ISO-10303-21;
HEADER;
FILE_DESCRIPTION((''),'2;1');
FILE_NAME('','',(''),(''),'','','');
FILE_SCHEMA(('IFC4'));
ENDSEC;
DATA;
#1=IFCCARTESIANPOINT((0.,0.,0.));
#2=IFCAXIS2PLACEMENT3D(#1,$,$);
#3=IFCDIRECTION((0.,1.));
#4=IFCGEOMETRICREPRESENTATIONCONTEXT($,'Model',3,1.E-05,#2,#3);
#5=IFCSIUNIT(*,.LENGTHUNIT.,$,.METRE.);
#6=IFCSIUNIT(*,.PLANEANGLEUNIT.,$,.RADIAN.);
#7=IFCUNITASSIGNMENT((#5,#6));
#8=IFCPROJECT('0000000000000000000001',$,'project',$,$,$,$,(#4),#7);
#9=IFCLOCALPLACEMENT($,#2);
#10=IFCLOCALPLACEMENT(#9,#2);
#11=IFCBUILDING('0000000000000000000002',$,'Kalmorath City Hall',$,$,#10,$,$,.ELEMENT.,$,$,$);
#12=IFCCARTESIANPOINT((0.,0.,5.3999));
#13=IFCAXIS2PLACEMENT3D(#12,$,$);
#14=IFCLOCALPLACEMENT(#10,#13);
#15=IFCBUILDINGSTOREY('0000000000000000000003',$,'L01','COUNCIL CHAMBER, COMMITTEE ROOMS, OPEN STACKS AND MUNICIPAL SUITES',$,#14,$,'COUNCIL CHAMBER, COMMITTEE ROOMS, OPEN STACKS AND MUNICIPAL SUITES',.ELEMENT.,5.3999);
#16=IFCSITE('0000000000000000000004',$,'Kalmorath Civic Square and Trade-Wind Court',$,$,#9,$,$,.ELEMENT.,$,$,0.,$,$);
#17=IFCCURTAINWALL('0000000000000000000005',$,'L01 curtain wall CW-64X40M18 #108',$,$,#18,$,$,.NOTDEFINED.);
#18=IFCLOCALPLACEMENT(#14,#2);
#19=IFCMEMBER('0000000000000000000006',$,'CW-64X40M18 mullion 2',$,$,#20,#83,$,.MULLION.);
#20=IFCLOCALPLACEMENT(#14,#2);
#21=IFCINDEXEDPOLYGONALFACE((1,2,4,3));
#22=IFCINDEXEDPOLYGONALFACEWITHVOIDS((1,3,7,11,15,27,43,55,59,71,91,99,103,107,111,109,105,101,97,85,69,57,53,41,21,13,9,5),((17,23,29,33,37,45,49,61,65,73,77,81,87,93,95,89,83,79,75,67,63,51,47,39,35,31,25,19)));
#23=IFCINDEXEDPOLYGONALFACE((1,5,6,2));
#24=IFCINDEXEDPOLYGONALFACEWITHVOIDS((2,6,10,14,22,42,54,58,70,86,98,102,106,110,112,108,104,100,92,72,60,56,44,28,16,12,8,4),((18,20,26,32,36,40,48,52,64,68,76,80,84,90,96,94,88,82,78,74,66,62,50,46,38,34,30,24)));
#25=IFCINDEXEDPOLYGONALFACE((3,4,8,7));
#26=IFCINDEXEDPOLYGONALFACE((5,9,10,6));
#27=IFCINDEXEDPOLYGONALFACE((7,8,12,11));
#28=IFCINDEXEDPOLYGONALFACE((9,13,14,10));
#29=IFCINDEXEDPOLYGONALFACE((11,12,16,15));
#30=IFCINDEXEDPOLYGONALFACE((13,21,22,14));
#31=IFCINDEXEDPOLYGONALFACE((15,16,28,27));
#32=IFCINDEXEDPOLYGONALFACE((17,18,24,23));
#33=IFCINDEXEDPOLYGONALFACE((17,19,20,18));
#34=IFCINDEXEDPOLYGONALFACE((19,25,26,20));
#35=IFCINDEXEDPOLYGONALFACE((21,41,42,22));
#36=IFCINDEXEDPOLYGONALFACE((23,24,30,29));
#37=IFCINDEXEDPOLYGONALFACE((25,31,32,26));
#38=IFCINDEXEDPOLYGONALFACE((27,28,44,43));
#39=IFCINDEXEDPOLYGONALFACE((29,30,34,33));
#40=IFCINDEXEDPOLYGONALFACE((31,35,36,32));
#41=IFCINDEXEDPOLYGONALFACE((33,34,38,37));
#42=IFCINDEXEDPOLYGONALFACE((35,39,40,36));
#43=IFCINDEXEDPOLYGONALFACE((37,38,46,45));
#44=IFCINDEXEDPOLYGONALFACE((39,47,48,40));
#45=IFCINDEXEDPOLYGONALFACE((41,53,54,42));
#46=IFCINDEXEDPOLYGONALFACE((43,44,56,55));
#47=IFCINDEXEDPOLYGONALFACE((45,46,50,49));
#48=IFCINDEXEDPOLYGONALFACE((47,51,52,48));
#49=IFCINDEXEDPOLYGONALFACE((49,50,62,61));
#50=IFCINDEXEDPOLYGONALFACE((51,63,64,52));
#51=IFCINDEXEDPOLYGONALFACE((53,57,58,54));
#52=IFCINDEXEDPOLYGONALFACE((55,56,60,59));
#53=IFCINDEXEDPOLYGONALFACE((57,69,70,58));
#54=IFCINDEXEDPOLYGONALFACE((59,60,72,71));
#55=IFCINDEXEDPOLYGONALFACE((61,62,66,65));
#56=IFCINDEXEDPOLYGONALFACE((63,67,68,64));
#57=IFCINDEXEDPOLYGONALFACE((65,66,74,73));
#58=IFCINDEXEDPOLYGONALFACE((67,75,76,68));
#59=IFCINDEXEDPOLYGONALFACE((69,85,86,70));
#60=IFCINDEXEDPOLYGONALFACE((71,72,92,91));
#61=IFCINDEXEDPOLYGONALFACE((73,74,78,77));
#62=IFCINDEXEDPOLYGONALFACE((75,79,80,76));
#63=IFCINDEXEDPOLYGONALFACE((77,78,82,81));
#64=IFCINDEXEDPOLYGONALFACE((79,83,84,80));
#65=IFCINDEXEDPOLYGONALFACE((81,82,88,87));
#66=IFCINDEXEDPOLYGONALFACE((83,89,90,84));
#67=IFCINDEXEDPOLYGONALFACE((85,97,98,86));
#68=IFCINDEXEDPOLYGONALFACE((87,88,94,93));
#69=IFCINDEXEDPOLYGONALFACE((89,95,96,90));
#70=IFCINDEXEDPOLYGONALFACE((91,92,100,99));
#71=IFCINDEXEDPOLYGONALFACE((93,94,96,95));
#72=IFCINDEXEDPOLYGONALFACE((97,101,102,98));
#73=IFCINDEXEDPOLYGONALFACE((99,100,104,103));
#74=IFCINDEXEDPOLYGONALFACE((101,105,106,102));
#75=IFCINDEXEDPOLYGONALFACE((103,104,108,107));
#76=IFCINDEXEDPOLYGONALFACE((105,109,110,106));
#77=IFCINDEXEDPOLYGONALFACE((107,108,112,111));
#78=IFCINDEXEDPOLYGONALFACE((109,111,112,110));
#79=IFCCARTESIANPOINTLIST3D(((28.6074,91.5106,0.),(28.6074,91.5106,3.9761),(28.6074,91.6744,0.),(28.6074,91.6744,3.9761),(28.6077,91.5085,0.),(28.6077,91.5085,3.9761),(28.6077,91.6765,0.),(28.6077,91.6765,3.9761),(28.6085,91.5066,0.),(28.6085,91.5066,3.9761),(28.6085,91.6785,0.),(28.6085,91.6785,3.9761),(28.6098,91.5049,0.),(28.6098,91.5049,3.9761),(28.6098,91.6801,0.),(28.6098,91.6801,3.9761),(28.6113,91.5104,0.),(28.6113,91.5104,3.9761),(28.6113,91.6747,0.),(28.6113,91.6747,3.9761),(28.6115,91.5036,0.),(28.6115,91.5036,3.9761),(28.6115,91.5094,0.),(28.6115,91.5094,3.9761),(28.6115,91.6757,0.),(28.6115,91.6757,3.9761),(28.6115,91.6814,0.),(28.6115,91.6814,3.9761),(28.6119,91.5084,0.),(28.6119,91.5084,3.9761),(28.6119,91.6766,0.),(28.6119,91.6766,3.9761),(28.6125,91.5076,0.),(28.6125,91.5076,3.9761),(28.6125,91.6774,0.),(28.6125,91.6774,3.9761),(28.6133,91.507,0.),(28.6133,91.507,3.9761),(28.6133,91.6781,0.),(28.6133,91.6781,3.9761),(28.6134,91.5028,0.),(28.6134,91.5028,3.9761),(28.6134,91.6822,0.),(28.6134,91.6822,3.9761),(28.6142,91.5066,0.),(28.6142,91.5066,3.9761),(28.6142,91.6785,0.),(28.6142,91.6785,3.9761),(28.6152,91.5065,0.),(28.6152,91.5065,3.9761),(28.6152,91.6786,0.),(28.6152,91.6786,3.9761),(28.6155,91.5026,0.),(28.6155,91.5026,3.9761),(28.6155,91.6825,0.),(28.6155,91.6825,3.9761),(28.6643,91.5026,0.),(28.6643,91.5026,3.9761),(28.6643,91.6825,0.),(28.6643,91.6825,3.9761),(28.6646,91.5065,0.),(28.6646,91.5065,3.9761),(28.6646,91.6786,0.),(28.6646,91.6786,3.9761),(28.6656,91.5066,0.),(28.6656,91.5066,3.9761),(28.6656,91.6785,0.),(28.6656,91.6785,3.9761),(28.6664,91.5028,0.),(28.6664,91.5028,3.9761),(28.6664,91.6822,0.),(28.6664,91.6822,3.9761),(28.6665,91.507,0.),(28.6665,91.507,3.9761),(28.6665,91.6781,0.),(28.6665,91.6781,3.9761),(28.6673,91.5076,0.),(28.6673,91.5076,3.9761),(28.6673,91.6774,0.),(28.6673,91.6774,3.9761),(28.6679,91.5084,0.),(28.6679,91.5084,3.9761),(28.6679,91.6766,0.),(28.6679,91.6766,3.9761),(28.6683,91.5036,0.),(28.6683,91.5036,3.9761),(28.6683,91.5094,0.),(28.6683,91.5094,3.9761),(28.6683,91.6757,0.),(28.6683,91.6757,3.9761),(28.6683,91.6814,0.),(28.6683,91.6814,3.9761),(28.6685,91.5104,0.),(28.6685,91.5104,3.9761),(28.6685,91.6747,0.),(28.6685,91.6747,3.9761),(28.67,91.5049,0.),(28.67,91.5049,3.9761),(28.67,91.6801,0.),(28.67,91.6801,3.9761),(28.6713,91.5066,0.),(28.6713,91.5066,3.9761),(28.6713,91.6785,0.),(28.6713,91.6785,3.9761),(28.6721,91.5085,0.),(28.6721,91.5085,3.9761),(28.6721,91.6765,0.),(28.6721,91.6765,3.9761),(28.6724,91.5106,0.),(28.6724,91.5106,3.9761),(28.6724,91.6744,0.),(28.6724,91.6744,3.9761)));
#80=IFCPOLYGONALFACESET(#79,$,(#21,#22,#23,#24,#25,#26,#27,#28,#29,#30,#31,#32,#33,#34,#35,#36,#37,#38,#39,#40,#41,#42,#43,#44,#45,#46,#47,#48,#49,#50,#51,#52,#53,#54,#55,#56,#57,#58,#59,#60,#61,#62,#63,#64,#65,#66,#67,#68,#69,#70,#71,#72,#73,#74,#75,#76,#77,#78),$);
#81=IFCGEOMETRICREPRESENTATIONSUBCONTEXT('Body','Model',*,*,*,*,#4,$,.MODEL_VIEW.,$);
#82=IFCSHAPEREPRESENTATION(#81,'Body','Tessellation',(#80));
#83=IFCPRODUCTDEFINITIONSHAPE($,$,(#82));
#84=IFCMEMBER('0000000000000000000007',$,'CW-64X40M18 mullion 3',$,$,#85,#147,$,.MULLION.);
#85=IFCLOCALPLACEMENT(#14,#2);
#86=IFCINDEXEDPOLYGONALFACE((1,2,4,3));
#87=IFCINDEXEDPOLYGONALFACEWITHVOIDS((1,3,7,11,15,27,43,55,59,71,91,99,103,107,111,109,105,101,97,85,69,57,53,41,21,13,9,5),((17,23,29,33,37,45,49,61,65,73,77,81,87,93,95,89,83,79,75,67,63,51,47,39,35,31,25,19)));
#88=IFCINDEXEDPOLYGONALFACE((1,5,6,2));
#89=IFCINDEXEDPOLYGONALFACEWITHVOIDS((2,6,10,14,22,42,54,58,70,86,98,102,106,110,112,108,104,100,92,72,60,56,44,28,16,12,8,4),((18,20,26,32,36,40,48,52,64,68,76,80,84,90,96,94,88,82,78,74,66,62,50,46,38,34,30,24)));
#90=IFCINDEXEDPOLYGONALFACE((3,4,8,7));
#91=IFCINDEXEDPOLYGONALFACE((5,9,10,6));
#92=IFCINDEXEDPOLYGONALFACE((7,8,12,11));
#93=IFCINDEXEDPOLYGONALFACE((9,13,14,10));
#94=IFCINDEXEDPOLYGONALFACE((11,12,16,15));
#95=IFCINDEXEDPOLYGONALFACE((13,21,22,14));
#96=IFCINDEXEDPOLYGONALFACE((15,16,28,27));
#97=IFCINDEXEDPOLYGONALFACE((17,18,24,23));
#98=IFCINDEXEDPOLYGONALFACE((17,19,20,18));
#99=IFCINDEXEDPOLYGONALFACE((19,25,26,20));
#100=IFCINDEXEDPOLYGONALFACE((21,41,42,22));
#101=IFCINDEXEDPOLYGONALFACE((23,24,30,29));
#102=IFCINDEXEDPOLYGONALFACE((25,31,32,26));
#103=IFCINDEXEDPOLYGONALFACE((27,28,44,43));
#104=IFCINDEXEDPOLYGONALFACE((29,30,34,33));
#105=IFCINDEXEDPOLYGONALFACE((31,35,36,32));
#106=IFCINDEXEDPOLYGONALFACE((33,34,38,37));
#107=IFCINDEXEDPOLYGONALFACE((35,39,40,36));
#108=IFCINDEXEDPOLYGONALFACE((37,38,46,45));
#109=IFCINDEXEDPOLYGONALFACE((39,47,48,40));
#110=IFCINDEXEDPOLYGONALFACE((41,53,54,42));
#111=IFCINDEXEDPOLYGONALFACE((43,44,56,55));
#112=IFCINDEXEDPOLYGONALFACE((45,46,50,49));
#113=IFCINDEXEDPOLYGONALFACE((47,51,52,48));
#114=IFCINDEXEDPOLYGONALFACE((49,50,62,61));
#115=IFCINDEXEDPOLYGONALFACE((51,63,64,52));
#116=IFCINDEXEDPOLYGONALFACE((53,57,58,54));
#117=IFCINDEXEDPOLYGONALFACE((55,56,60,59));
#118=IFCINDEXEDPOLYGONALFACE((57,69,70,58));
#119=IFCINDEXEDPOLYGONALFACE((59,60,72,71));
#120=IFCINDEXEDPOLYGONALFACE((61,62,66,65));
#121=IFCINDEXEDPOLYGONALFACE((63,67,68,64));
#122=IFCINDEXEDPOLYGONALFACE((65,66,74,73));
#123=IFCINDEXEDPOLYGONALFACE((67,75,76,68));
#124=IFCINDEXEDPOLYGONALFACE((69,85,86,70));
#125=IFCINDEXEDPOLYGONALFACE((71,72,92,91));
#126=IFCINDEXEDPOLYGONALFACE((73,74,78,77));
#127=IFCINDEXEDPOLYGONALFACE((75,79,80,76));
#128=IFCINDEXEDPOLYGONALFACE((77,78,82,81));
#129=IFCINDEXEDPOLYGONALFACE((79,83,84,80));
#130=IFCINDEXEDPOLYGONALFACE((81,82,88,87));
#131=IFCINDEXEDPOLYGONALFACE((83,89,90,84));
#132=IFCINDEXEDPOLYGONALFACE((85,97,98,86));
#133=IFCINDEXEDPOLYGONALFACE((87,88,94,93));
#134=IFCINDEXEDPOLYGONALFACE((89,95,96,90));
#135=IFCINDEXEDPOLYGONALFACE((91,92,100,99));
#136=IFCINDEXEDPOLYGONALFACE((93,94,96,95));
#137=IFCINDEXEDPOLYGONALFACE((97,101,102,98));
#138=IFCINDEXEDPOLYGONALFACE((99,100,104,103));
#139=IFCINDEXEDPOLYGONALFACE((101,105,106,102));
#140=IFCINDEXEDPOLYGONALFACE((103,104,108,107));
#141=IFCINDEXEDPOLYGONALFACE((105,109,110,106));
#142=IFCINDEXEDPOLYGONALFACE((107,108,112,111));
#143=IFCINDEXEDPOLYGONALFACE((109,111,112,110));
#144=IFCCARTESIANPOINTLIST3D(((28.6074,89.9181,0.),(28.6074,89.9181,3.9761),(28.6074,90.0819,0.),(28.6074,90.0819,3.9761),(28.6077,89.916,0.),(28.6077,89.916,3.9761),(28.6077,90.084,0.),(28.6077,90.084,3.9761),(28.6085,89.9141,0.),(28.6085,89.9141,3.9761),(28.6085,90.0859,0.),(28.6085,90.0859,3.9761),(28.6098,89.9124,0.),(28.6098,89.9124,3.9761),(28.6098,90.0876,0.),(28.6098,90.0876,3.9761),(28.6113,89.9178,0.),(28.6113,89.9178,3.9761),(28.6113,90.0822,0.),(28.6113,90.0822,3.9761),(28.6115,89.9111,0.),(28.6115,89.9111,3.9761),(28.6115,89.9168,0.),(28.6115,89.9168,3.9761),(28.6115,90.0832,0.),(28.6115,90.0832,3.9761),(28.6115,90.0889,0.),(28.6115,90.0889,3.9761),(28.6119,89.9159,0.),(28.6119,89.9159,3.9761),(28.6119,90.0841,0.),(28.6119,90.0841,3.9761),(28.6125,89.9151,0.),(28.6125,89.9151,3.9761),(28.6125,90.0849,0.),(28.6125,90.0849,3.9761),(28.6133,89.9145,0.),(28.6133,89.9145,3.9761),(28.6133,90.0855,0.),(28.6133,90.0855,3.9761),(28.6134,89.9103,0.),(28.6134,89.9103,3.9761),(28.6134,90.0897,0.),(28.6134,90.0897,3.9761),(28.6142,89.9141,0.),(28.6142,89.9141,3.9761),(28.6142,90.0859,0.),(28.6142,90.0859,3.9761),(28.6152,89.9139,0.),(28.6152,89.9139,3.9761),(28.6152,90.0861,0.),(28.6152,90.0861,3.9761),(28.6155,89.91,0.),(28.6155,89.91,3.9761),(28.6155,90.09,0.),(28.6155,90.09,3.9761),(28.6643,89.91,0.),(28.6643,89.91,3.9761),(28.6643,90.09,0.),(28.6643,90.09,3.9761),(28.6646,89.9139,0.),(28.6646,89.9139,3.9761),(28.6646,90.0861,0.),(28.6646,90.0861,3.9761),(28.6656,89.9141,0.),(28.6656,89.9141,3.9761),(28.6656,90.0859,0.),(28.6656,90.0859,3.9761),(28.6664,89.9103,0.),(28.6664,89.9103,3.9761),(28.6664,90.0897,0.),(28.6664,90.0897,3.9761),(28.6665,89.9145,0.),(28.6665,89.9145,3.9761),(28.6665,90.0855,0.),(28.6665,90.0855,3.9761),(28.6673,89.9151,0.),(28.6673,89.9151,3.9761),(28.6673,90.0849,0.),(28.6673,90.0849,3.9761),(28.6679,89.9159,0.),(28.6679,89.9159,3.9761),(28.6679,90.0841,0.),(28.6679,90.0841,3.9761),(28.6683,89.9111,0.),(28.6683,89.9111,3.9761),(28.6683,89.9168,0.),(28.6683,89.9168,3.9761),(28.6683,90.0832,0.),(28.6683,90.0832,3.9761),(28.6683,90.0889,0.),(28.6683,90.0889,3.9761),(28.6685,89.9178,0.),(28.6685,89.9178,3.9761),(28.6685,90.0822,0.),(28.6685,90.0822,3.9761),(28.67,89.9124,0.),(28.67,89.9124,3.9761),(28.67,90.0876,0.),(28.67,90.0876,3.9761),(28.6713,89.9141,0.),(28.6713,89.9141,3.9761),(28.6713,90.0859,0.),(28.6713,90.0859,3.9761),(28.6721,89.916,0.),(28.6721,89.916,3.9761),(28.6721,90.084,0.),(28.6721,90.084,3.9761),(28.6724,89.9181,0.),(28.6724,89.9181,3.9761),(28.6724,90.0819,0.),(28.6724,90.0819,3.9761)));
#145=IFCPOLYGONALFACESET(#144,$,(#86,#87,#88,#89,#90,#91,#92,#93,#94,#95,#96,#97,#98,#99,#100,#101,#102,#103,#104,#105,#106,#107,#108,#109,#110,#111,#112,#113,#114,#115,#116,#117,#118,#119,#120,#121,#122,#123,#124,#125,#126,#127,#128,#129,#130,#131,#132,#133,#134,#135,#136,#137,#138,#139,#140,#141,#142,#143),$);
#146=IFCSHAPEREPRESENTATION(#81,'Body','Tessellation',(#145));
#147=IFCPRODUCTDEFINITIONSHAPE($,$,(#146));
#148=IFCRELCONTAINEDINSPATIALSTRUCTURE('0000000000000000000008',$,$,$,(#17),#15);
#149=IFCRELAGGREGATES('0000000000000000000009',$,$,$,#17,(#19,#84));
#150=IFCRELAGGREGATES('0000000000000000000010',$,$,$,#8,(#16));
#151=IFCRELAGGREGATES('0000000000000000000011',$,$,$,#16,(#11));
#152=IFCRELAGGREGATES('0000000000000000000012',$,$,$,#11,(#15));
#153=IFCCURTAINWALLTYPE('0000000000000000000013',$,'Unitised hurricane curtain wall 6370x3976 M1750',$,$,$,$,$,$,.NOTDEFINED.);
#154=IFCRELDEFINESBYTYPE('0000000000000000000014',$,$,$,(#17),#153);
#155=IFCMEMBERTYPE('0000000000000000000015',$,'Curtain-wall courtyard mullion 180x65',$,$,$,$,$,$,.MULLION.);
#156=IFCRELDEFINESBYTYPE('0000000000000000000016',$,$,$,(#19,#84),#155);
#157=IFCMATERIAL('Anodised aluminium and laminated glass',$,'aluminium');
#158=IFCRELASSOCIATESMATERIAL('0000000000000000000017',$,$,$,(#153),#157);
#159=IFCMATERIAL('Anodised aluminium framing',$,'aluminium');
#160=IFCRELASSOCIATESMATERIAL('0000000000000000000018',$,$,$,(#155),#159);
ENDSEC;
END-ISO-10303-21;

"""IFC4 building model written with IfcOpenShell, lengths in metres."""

from ifc_helpers import new_model, si_unit, direction, frame, origin, origin_2d, place, context, subcontext, project, spatial, hollow_rectangle, extrude, material, material_profile, profile_set, type_object, element, aggregate, save


model = new_model("IFC4")

# Units and contexts
model_context = context("Model", 3, precision=1e-05, world=origin(), true_north=direction((0.0, 1.0)))
body_context = subcontext(model_context, "Body", "Model", "MODEL_VIEW")
ifc_project = project(units=[si_unit("LENGTHUNIT", "METRE"), si_unit("PLANEANGLEUNIT", "RADIAN")], contexts=[model_context])

# Site, building, storey
site_placement = place(None, origin())
site = spatial("IfcSite", under=ifc_project, at=site_placement, Name="Kalmorath Civic Square and Trade-Wind Court", CompositionType="ELEMENT", RefElevation=0.0)
building_placement = place(site_placement, origin())
building = spatial("IfcBuilding", under=site, at=building_placement, Name="Kalmorath City Hall", CompositionType="ELEMENT")
storey_placement = place(building_placement, frame((0.0, 0.0, 5.3999)))
storey = spatial("IfcBuildingStorey", under=building, at=storey_placement, Name="L01", Description="COUNCIL CHAMBER, COMMITTEE ROOMS, OPEN STACKS AND MUNICIPAL SUITES", LongName="COUNCIL CHAMBER, COMMITTEE ROOMS, OPEN STACKS AND MUNICIPAL SUITES", CompositionType="ELEMENT", Elevation=5.3999)

# Curtain wall, members
ifc_material_1 = material(Name="Anodised aluminium and laminated glass", Category="aluminium")
curtain_wall_type = type_object("IfcCurtainWallType", Name="Unitised hurricane curtain wall 6370x3976 M1750", PredefinedType="NOTDEFINED", material=ifc_material_1)
curtain_wall_placement = place(storey_placement, origin())
curtain_wall = element("IfcCurtainWall", 1, at=curtain_wall_placement, inside=storey, type_object=curtain_wall_type, Name="L01 curtain wall CW-64X40M18 #108", PredefinedType="NOTDEFINED")
ifc_material_2 = material(Name="Anodised aluminium framing", Category="aluminium")
ifc_material_profile_1 = material_profile(ifc_material_2, hollow_rectangle(XDim=0.0649, YDim=0.1799, WallThickness=0.0039, InnerFilletRadius=0.0039, OuterFilletRadius=0.0081, at=origin_2d()), Name="ALU-MUL-180X65X4")
ifc_profile_set_1 = profile_set([ifc_material_profile_1], Name="Anodised aluminium framing")
member_type_1 = type_object("IfcMemberType", Name="Curtain-wall courtyard mullion 180x65", PredefinedType="MULLION", material=ifc_profile_set_1)
member_1_placement = place(storey_placement, frame((28.6399, 91.5925, 0.0), z_axis=(0.0, 0.0, 1.0), x_axis=(1.0, 0.0, 0.0)))
member_1 = element("IfcMember", 2, at=member_1_placement, type_object=member_type_1, Name="CW-64X40M18 mullion 2", PredefinedType="MULLION", context=body_context, shape_type="SweptSolid", body=[
    extrude(hollow_rectangle(XDim=0.0649, YDim=0.1799, WallThickness=0.0039, InnerFilletRadius=0.0039, OuterFilletRadius=0.0081, at=origin_2d()), origin(), (0.0, 0.0, 1.0), 3.9761),
])
member_2_placement = place(storey_placement, frame((28.6399, 90.0, 0.0), z_axis=(0.0, 0.0, 1.0), x_axis=(1.0, 0.0, 0.0)))
member_2 = element("IfcMember", 3, at=member_2_placement, type_object=member_type_1, Name="CW-64X40M18 mullion 3", PredefinedType="MULLION", context=body_context, shape_type="SweptSolid", body=[
    extrude(hollow_rectangle(XDim=0.0649, YDim=0.1799, WallThickness=0.0039, InnerFilletRadius=0.0039, OuterFilletRadius=0.0081, at=origin_2d()), origin(), (0.0, 0.0, 1.0), 3.9761),
])
aggregate(curtain_wall, [member_1, member_2])

save(model, "model.ifc")
